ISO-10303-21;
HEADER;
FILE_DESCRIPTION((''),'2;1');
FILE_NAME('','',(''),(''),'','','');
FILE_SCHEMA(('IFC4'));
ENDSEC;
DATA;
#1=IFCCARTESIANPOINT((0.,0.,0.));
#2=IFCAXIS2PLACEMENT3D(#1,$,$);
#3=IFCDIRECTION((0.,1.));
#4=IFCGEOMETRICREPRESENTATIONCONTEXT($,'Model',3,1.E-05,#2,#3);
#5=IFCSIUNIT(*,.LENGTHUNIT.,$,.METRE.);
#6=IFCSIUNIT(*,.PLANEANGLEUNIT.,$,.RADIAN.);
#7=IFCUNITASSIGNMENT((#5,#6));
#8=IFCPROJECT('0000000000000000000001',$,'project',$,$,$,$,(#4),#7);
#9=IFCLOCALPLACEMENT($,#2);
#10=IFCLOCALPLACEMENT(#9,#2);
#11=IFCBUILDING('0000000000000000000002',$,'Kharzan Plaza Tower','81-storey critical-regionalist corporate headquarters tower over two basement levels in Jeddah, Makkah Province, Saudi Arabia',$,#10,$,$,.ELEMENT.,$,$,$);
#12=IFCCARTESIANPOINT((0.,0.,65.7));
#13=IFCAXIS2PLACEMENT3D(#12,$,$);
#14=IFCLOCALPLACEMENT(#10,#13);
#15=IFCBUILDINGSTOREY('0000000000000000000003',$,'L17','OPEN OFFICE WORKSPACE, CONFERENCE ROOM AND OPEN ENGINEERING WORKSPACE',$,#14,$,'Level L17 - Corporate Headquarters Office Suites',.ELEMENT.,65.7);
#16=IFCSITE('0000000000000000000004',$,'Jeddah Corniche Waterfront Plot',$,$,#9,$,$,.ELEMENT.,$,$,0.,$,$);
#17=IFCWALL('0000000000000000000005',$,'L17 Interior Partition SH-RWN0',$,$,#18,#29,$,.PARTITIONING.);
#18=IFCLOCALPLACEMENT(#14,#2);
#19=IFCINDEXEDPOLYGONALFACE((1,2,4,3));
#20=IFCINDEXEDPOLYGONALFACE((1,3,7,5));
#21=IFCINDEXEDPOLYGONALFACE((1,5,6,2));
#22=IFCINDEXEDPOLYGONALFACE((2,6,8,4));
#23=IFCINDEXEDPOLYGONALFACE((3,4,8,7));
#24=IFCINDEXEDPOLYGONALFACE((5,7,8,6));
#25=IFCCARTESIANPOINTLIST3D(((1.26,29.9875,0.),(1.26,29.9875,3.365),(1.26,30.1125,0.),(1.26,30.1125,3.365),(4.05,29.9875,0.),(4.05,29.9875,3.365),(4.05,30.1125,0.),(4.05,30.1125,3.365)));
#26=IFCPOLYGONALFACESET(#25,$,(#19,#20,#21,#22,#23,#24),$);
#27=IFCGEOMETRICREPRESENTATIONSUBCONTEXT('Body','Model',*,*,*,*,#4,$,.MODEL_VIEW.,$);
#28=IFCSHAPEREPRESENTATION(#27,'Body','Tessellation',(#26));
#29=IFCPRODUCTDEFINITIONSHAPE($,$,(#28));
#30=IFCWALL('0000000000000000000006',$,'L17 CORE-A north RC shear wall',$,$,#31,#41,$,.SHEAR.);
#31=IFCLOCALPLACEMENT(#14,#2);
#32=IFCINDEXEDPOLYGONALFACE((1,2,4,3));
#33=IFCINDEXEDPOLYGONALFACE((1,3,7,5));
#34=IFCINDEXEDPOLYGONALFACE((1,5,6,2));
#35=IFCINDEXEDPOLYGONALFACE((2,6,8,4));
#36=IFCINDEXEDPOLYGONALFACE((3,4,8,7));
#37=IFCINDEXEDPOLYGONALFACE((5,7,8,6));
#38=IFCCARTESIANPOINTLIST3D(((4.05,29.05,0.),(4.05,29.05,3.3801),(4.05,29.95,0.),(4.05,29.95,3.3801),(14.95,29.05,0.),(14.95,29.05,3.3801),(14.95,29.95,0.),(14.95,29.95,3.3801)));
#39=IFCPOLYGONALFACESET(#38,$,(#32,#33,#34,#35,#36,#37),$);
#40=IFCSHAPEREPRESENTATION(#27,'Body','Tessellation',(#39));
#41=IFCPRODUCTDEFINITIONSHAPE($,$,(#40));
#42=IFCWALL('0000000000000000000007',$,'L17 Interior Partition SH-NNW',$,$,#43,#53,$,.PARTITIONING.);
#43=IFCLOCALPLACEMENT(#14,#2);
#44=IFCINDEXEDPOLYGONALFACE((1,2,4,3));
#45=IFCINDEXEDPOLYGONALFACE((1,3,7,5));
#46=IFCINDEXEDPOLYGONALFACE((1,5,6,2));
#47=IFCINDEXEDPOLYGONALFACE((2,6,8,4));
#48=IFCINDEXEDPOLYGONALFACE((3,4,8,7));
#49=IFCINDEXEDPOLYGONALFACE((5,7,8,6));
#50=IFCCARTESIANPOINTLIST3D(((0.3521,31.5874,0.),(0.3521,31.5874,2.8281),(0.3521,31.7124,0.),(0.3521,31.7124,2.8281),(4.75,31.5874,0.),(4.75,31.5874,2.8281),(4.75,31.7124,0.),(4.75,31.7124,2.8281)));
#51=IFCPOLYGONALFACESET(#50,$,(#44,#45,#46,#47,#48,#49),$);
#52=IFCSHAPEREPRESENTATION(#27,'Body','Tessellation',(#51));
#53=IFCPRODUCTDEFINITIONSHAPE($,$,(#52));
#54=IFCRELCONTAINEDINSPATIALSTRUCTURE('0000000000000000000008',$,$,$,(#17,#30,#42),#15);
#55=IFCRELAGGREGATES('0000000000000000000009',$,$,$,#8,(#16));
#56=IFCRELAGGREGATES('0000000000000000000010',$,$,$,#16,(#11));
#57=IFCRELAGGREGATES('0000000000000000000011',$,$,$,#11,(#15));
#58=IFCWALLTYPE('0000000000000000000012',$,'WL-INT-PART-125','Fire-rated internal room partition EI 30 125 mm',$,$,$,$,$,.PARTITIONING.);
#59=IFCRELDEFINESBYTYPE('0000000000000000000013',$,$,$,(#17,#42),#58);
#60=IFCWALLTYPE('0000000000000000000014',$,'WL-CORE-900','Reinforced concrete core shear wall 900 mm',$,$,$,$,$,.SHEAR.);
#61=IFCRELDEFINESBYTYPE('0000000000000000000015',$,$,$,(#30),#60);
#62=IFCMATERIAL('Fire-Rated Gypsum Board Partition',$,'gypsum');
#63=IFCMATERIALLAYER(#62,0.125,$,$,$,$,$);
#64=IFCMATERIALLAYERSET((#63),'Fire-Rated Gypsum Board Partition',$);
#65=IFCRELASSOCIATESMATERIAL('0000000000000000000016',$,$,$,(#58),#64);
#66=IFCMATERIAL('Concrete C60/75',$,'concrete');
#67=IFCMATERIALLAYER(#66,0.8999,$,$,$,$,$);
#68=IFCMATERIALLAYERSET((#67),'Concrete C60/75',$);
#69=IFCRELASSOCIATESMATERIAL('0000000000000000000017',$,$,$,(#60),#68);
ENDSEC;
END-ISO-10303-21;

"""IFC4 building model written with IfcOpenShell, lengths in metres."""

from ifc_helpers import new_model, si_unit, direction, frame, frame_2d, origin, place, context, subcontext, project, spatial, rectangle, extrude, source, transform, mapped, material, layer, layer_set, type_object, element, save


model = new_model("IFC4")

# Units and contexts
model_context = context("Model", 3, precision=1e-05, world=origin(), true_north=direction((0.0, 1.0)))
body_context = subcontext(model_context, "Body", "Model", "MODEL_VIEW")
ifc_project = project(units=[si_unit("LENGTHUNIT", "METRE"), si_unit("PLANEANGLEUNIT", "RADIAN")], contexts=[model_context])

# Site, building, storey
site_placement = place(None, origin())
site = spatial("IfcSite", under=ifc_project, at=site_placement, Name="Jeddah Corniche Waterfront Plot", CompositionType="ELEMENT", RefElevation=0.0)
building_placement = place(site_placement, origin())
building = spatial("IfcBuilding", under=site, at=building_placement, Name="Kharzan Plaza Tower", Description="81-storey critical-regionalist corporate headquarters tower over two basement levels in Jeddah, Makkah Province, Saudi Arabia", CompositionType="ELEMENT")
storey_placement = place(building_placement, frame((0.0, 0.0, 65.7)))
storey = spatial("IfcBuildingStorey", under=building, at=storey_placement, Name="L17", Description="OPEN OFFICE WORKSPACE, CONFERENCE ROOM AND OPEN ENGINEERING WORKSPACE", LongName="Level L17 - Corporate Headquarters Office Suites", CompositionType="ELEMENT", Elevation=65.7)

# Shared definitions
ifc_material_1 = material(Name="Concrete C60/75", Category="concrete")

# Shared definitions
ifc_material_2 = material(Name="Fire-Rated Gypsum Board Partition", Category="gypsum")
ifc_layer_1 = layer(ifc_material_2, 0.125)
ifc_layer_set_1 = layer_set([ifc_layer_1], Name="Fire-Rated Gypsum Board Partition")
wall_type_1 = type_object("IfcWallType", Name="WL-INT-PART-125", Description="Fire-rated internal room partition EI 30 125 mm", PredefinedType="PARTITIONING", material=ifc_layer_set_1)

# Walls
shared_shape_1 = source(origin(), body_context, "Body", "SweptSolid", [
    extrude(rectangle(XDim=2.79, YDim=0.125, at=frame_2d((1.395, 0.0))), origin(), (0.0, 0.0, 1.0), 3.365),
])
wall_1_placement = place(storey_placement, frame((1.26, 30.05, 0.0), z_axis=(0.0, 0.0, 1.0), x_axis=(1.0, 0.0, 0.0)))
element("IfcWall", 1, at=wall_1_placement, inside=storey, type_object=wall_type_1, Name="L17 Interior Partition SH-RWN0", PredefinedType="PARTITIONING", context=body_context, shape_type="MappedRepresentation", body=[
    mapped(shared_shape_1, transform((0.0, 0.0, 0.0), x_axis=(1.0, 0.0, 0.0), y_axis=(0.0, 1.0, 0.0), z_axis=(0.0, 0.0, 1.0))),
])
ifc_layer_2 = layer(ifc_material_1, 0.8999)
ifc_layer_set_2 = layer_set([ifc_layer_2], Name="Concrete C60/75")
wall_type_2 = type_object("IfcWallType", Name="WL-CORE-900", Description="Reinforced concrete core shear wall 900 mm", PredefinedType="SHEAR", material=ifc_layer_set_2)
shared_shape_2 = source(origin(), body_context, "Body", "SweptSolid", [
    extrude(rectangle(XDim=10.8999, YDim=0.8999, at=frame_2d((5.45, 0.0))), origin(), (0.0, 0.0, 1.0), 3.3801),
])
wall_2_placement = place(storey_placement, frame((4.05, 29.5, 0.0), z_axis=(0.0, 0.0, 1.0), x_axis=(1.0, 0.0, 0.0)))
element("IfcWall", 2, at=wall_2_placement, inside=storey, type_object=wall_type_2, Name="L17 CORE-A north RC shear wall", PredefinedType="SHEAR", context=body_context, shape_type="MappedRepresentation", body=[
    mapped(shared_shape_2, transform((0.0, 0.0, 0.0), x_axis=(1.0, 0.0, 0.0), y_axis=(0.0, 1.0, 0.0), z_axis=(0.0, 0.0, 1.0))),
])
shared_shape_3 = source(origin(), body_context, "Body", "SweptSolid", [
    extrude(rectangle(XDim=4.3979, YDim=0.125, at=frame_2d((2.199, 0.0))), origin(), (0.0, 0.0, 1.0), 2.8281),
])
wall_3_placement = place(storey_placement, frame((0.3521, 31.6499, 0.0), z_axis=(0.0, 0.0, 1.0), x_axis=(1.0, 0.0, 0.0)))
element("IfcWall", 3, at=wall_3_placement, inside=storey, type_object=wall_type_1, Name="L17 Interior Partition SH-NNW", PredefinedType="PARTITIONING", context=body_context, shape_type="MappedRepresentation", body=[
    mapped(shared_shape_3, transform((0.0, 0.0, 0.0), x_axis=(1.0, 0.0, 0.0), y_axis=(0.0, 1.0, 0.0), z_axis=(0.0, 0.0, 1.0))),
])

save(model, "model.ifc")
